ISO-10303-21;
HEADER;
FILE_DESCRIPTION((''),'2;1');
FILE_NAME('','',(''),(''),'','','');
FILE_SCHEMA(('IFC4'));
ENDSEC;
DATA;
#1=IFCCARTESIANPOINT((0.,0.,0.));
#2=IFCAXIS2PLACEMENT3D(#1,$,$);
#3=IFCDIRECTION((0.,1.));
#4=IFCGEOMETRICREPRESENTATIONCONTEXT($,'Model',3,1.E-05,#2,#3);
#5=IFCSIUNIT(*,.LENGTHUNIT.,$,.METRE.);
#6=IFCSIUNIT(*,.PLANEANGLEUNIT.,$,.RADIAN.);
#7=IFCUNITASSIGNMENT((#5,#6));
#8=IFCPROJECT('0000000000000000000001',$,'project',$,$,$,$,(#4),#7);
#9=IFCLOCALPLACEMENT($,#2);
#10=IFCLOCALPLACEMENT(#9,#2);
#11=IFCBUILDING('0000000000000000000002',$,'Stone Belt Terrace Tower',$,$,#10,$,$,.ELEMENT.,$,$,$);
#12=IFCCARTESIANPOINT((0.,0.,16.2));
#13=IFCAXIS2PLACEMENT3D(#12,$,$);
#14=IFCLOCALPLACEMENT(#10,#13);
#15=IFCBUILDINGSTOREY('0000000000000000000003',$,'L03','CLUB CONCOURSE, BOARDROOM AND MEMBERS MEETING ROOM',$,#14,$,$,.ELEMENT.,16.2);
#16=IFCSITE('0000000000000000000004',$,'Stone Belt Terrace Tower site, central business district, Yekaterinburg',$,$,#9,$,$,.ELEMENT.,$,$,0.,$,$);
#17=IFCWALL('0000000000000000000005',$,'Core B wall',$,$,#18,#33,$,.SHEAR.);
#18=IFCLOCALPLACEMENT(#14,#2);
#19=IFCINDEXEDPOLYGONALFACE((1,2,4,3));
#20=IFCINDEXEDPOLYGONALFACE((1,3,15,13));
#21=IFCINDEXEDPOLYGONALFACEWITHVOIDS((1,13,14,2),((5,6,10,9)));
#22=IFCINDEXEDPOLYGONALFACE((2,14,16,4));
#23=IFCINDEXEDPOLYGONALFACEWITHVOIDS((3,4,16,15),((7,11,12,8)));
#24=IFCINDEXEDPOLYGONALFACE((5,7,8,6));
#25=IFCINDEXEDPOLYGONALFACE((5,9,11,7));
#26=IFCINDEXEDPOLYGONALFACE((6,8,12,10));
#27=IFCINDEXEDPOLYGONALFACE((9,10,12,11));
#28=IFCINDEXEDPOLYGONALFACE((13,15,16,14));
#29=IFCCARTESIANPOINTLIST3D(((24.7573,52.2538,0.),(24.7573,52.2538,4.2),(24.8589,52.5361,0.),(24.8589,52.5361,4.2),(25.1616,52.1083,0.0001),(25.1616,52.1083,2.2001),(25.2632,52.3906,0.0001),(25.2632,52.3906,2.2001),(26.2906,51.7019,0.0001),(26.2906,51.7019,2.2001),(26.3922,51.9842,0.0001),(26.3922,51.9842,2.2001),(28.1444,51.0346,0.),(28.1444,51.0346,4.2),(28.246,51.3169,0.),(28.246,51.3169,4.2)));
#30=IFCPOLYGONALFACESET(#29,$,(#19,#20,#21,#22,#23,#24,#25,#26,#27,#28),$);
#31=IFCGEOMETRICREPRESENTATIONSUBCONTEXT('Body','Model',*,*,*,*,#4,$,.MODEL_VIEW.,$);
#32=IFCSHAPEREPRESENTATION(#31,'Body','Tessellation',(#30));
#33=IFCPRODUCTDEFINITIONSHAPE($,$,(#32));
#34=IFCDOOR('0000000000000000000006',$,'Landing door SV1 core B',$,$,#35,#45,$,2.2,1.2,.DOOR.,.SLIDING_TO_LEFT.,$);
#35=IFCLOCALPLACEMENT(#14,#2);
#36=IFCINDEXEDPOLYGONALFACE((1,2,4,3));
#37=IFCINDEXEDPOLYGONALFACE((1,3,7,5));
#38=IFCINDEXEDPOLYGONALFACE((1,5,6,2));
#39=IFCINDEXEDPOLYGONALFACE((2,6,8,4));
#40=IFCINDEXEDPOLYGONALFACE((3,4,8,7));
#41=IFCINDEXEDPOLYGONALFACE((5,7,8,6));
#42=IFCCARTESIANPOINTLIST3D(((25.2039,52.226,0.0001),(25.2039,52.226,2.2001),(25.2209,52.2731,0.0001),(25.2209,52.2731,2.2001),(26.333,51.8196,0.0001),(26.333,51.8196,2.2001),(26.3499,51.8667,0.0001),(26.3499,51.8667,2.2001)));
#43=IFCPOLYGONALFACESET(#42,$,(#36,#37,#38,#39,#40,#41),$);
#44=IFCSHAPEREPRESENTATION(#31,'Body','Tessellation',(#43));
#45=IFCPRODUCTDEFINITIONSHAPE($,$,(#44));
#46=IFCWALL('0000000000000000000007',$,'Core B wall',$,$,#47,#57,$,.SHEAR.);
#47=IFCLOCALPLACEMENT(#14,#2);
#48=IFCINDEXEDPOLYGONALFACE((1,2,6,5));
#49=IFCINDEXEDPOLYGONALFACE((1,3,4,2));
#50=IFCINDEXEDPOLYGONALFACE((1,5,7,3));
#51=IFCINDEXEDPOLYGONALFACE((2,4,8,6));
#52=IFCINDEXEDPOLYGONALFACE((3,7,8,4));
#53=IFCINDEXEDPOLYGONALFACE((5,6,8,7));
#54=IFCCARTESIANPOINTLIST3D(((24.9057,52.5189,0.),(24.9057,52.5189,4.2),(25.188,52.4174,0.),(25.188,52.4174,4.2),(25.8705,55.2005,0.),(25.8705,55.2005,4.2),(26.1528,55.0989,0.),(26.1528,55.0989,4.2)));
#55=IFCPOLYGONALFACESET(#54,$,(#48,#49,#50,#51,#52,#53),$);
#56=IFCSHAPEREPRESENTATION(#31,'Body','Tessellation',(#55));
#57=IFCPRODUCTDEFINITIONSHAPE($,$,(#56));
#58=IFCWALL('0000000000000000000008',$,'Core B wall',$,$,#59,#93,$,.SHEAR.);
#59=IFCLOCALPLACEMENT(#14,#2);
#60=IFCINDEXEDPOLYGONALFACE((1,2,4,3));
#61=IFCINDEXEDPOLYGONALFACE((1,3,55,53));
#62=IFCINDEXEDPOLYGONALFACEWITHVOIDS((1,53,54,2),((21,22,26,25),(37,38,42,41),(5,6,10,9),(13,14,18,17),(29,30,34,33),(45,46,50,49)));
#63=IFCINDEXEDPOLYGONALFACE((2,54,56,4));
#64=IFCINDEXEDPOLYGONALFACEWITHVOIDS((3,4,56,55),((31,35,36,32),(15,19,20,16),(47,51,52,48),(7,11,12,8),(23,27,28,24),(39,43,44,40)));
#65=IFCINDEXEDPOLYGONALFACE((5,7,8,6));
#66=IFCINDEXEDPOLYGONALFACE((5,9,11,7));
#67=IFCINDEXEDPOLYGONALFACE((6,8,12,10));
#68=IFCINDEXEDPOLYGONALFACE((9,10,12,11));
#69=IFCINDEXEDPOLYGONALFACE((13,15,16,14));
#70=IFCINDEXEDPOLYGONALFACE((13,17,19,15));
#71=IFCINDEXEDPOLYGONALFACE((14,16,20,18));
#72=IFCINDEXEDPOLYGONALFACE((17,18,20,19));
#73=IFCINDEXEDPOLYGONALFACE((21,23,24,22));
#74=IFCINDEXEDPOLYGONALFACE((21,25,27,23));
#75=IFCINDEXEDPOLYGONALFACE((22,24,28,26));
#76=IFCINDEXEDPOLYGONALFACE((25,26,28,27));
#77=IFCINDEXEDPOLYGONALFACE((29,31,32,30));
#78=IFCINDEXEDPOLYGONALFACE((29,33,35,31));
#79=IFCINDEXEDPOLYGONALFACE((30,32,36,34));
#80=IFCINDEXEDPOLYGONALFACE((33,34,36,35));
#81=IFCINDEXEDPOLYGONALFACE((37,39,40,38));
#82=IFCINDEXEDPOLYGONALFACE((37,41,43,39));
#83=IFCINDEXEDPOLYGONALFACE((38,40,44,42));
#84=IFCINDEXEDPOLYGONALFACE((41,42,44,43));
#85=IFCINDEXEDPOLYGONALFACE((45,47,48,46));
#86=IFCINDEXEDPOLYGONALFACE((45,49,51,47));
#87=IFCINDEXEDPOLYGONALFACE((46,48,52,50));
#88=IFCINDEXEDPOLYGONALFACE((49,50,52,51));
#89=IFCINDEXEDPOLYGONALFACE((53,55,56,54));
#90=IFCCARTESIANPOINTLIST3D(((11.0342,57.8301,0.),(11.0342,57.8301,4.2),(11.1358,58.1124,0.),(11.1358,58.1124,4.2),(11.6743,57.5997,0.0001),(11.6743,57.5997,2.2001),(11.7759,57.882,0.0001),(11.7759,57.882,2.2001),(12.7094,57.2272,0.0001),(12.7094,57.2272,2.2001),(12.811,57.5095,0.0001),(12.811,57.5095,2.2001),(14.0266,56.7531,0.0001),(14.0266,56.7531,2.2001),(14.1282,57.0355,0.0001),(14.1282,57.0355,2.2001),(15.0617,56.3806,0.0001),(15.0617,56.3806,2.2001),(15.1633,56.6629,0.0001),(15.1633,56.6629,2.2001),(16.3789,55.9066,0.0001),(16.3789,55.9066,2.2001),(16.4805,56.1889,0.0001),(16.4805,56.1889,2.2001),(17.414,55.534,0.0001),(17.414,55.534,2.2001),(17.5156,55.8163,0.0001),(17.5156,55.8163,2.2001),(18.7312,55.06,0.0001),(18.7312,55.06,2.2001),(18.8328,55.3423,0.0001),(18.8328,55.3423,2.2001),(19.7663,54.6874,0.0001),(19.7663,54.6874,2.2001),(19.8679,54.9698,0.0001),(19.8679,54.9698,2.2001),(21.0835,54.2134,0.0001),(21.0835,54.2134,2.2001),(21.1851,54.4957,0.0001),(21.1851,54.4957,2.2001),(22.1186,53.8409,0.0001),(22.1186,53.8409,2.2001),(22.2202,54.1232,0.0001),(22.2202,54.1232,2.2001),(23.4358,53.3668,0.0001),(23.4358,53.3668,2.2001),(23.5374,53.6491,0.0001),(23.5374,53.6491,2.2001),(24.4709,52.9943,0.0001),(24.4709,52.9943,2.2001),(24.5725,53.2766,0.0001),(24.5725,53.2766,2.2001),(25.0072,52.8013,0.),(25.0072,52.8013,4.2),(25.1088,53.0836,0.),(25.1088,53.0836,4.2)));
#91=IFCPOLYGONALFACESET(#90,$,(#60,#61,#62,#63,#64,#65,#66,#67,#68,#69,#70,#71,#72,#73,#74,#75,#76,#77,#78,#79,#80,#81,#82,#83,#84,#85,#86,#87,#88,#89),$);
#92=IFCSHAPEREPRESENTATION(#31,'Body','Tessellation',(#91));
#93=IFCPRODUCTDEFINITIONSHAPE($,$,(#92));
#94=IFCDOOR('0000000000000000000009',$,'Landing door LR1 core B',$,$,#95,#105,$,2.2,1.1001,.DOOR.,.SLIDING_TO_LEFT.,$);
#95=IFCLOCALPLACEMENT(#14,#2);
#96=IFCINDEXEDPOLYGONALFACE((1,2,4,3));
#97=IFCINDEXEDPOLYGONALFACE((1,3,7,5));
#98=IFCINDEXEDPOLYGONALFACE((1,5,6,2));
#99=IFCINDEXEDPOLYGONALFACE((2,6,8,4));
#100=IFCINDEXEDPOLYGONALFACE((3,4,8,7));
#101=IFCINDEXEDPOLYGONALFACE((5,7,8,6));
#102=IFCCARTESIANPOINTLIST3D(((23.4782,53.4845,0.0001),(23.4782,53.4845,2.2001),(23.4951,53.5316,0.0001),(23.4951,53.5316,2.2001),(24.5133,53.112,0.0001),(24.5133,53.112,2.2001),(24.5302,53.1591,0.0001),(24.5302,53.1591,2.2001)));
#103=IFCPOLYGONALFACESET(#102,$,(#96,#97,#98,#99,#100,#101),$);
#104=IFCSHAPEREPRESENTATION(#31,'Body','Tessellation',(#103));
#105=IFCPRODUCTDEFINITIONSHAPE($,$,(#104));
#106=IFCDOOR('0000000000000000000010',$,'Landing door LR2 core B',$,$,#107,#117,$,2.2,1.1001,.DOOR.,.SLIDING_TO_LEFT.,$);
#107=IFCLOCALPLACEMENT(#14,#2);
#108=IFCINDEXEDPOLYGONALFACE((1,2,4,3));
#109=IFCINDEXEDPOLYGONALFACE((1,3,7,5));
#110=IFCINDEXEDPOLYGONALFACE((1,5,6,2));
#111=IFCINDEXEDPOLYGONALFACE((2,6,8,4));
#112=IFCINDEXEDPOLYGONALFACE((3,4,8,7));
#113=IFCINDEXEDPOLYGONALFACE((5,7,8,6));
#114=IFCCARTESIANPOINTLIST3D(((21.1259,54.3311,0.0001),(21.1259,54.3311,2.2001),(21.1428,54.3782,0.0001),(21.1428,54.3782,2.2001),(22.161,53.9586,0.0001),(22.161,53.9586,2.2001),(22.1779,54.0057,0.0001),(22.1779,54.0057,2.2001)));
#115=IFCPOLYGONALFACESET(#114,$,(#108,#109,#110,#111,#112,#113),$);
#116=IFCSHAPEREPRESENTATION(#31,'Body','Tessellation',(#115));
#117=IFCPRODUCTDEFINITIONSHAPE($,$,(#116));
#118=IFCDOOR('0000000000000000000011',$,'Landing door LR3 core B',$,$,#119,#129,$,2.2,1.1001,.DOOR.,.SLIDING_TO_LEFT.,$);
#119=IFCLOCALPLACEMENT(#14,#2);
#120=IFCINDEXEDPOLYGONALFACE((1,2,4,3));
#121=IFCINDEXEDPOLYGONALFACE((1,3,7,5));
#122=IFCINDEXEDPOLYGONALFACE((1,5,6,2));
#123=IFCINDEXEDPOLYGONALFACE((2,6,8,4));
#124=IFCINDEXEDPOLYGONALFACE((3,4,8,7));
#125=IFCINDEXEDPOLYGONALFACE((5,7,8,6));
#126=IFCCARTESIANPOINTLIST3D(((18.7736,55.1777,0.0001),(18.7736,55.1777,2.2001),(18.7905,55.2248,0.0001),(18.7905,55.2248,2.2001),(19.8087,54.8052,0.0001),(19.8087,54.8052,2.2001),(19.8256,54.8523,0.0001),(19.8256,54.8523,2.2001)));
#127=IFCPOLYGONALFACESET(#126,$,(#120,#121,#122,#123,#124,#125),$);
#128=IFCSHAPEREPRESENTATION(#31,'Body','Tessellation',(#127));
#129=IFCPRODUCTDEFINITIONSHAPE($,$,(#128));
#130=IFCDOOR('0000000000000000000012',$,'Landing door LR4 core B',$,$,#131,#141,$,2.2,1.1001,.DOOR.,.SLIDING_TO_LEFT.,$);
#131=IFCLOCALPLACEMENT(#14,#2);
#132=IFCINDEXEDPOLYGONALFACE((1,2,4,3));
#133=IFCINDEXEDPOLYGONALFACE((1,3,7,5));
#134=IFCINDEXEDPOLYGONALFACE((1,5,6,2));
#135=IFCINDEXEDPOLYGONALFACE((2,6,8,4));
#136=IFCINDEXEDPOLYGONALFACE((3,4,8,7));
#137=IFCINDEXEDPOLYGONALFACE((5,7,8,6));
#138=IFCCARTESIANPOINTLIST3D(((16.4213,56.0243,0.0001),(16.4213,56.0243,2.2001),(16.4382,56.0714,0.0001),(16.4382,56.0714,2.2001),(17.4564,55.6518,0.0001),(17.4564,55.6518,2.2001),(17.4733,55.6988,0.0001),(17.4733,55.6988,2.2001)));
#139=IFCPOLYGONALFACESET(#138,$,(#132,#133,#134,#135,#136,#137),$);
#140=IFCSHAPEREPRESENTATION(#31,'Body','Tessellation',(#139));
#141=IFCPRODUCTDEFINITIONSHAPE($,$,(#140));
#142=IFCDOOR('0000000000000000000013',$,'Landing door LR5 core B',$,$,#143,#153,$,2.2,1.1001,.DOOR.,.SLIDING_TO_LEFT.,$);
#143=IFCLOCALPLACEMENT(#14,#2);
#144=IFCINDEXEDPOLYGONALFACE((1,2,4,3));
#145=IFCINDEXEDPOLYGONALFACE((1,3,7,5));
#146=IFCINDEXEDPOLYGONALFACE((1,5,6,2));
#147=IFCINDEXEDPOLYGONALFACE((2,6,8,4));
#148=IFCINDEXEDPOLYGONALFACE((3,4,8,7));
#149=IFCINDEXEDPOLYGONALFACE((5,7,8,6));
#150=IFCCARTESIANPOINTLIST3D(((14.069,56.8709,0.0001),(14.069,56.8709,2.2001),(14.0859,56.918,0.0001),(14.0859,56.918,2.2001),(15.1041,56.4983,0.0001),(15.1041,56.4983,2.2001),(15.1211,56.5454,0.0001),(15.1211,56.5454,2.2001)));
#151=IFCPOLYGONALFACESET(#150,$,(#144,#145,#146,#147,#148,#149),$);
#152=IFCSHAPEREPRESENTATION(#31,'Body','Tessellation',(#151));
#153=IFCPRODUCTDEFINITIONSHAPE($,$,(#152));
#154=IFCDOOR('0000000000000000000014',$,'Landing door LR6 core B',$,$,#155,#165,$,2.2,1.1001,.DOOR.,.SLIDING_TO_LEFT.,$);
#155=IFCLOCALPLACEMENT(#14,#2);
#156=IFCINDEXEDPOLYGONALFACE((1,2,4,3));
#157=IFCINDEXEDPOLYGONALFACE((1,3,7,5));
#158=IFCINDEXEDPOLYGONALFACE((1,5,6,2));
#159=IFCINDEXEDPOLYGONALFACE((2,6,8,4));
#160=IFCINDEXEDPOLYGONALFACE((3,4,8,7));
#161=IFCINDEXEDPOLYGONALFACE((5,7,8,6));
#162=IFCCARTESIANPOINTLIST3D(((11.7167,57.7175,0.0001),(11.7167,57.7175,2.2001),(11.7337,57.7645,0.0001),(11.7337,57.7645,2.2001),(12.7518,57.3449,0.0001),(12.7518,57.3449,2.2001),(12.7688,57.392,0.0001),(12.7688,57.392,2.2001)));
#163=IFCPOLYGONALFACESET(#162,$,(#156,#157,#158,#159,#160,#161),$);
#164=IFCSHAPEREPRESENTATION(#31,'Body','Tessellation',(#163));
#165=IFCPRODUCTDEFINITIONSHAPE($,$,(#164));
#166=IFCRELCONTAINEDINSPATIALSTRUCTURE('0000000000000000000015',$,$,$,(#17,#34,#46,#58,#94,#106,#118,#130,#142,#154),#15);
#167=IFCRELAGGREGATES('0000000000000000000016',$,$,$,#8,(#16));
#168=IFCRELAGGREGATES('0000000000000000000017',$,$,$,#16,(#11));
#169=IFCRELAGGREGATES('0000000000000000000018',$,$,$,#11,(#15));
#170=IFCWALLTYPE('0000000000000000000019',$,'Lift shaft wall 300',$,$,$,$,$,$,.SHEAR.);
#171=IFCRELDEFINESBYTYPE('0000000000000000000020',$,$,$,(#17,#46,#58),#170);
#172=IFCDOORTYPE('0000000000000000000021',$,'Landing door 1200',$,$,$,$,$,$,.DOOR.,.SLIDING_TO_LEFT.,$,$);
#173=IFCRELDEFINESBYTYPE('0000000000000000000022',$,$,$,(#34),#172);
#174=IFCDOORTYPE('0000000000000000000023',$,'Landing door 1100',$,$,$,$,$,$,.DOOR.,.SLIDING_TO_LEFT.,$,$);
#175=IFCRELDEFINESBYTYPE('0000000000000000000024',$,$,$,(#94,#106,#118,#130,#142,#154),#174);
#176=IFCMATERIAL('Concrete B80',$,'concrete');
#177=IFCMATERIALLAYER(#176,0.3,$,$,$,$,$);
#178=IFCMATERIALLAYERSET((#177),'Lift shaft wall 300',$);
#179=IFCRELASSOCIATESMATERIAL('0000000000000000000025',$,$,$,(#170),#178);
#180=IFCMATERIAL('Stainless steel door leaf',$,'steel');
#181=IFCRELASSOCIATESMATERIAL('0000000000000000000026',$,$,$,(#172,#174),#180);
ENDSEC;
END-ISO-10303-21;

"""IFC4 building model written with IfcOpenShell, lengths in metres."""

from ifc_helpers import new_model, si_unit, direction, frame, frame_2d, origin, place, context, subcontext, project, spatial, rectangle, extrude, material, layer, layer_set, type_object, element, fill, save


model = new_model("IFC4")

# Units and contexts
model_context = context("Model", 3, precision=1e-05, world=origin(), true_north=direction((0.0, 1.0)))
body_context = subcontext(model_context, "Body", "Model", "MODEL_VIEW")
ifc_project = project(units=[si_unit("LENGTHUNIT", "METRE"), si_unit("PLANEANGLEUNIT", "RADIAN")], contexts=[model_context])

# Site, building, storey
site_placement = place(None, origin())
site = spatial("IfcSite", under=ifc_project, at=site_placement, Name="Stone Belt Terrace Tower site, central business district, Yekaterinburg", CompositionType="ELEMENT", RefElevation=0.0)
building_placement = place(site_placement, origin())
building = spatial("IfcBuilding", under=site, at=building_placement, Name="Stone Belt Terrace Tower", CompositionType="ELEMENT")
storey_placement = place(building_placement, frame((0.0, 0.0, 16.2)))
storey = spatial("IfcBuildingStorey", under=building, at=storey_placement, Name="L03", Description="CLUB CONCOURSE, BOARDROOM AND MEMBERS MEETING ROOM", CompositionType="ELEMENT", Elevation=16.2)

# Shared definitions
ifc_material_1 = material(Name="Concrete B80", Category="concrete")

# Wall, opening, door
ifc_layer_1 = layer(ifc_material_1, 0.3)
ifc_layer_set_1 = layer_set([ifc_layer_1], Name="Lift shaft wall 300")
wall_type_1 = type_object("IfcWallType", Name="Lift shaft wall 300", PredefinedType="SHEAR", material=ifc_layer_set_1)
wall_1_placement = place(storey_placement, frame((28.1951, 51.1758, 0.0), z_axis=(0.0, 0.0, 1.0), x_axis=(-0.940901, 0.338681, 0.0)))
wall_1 = element("IfcWall", 1, at=wall_1_placement, inside=storey, type_object=wall_type_1, Name="Core B wall", PredefinedType="SHEAR", context=body_context, shape_type="SweptSolid", body=[
    extrude(rectangle(XDim=3.5999, YDim=0.3, at=frame_2d((1.7998, 0.0))), origin(), (0.0, 0.0, 1.0), 4.2),
])
opening_1_placement = place(wall_1_placement, frame((1.97, 0.0, 0.0)))
opening_1 = element("IfcOpeningElement", 2, at=opening_1_placement, cuts=wall_1, PredefinedType="OPENING", context=body_context, shape_type="SweptSolid", body=[
    extrude(rectangle(XDim=1.2, YDim=2.2, at=frame_2d((0.6001, 1.1001))), frame((0.0, 0.1599, 0.0), z_axis=(0.0, -1.0, 0.0), x_axis=(1.0, 0.0, 0.0)), (0.0, 0.0, 1.0), 0.3201),
])
ifc_material_2 = material(Name="Stainless steel door leaf", Category="steel")
door_type_1 = type_object("IfcDoorType", Name="Landing door 1200", OperationType="SLIDING_TO_LEFT", PredefinedType="DOOR", material=ifc_material_2)
door_1_placement = place(opening_1_placement, origin())
door_1 = element("IfcDoor", 3, at=door_1_placement, inside=storey, type_object=door_type_1, Name="Landing door SV1 core B", OperationType="SLIDING_TO_LEFT", OverallHeight=2.2, OverallWidth=1.2, PredefinedType="DOOR", context=body_context, shape_type="SweptSolid", body=[
    extrude(rectangle(XDim=1.2, YDim=2.2, at=frame_2d((0.6001, 1.1001))), frame((0.0, 0.0249, 0.0), z_axis=(0.0, -1.0, 0.0), x_axis=(1.0, 0.0, 0.0)), (0.0, 0.0, 1.0), 0.05),
])
fill(opening_1, door_1)

# Wall
wall_2_placement = place(storey_placement, frame((25.0469, 52.4683, 0.0), z_axis=(0.0, 0.0, 1.0), x_axis=(0.33855, 0.940949, 0.0)))
element("IfcWall", 4, at=wall_2_placement, inside=storey, type_object=wall_type_1, Name="Core B wall", PredefinedType="SHEAR", context=body_context, shape_type="SweptSolid", body=[
    extrude(rectangle(XDim=2.8499, YDim=0.3, at=frame_2d((1.4248, 0.0))), origin(), (0.0, 0.0, 1.0), 4.2),
])

# Wall, openings, doors
wall_3_placement = place(storey_placement, frame((25.0581, 52.9424, 0.0), z_axis=(0.0, 0.0, 1.0), x_axis=(-0.940918, 0.338634, 0.0)))
wall_3 = element("IfcWall", 5, at=wall_3_placement, inside=storey, type_object=wall_type_1, Name="Core B wall", PredefinedType="SHEAR", context=body_context, shape_type="SweptSolid", body=[
    extrude(rectangle(XDim=14.8503, YDim=0.3, at=frame_2d((7.4253, 0.0))), origin(), (0.0, 0.0, 1.0), 4.2),
])
opening_2_placement = place(wall_3_placement, frame((0.5701, 0.0, 0.0)))
opening_2 = element("IfcOpeningElement", 6, at=opening_2_placement, cuts=wall_3, PredefinedType="OPENING", context=body_context, shape_type="SweptSolid", body=[
    extrude(rectangle(XDim=1.1001, YDim=2.2, at=frame_2d((0.55, 1.1001))), frame((0.0, 0.1599, 0.0), z_axis=(0.0, -1.0, 0.0), x_axis=(1.0, 0.0, 0.0)), (0.0, 0.0, 1.0), 0.3201),
])
opening_3_placement = place(wall_3_placement, frame((3.0701, 0.0, 0.0)))
opening_3 = element("IfcOpeningElement", 7, at=opening_3_placement, cuts=wall_3, PredefinedType="OPENING", context=body_context, shape_type="SweptSolid", body=[
    extrude(rectangle(XDim=1.1001, YDim=2.2, at=frame_2d((0.55, 1.1001))), frame((0.0, 0.1599, 0.0), z_axis=(0.0, -1.0, 0.0), x_axis=(1.0, 0.0, 0.0)), (0.0, 0.0, 1.0), 0.3201),
])
opening_4_placement = place(wall_3_placement, frame((5.5701, 0.0, 0.0)))
opening_4 = element("IfcOpeningElement", 8, at=opening_4_placement, cuts=wall_3, PredefinedType="OPENING", context=body_context, shape_type="SweptSolid", body=[
    extrude(rectangle(XDim=1.1001, YDim=2.2, at=frame_2d((0.55, 1.1001))), frame((0.0, 0.1599, 0.0), z_axis=(0.0, -1.0, 0.0), x_axis=(1.0, 0.0, 0.0)), (0.0, 0.0, 1.0), 0.3201),
])
opening_5_placement = place(wall_3_placement, frame((8.0701, 0.0, 0.0)))
opening_5 = element("IfcOpeningElement", 9, at=opening_5_placement, cuts=wall_3, PredefinedType="OPENING", context=body_context, shape_type="SweptSolid", body=[
    extrude(rectangle(XDim=1.1001, YDim=2.2, at=frame_2d((0.55, 1.1001))), frame((0.0, 0.1599, 0.0), z_axis=(0.0, -1.0, 0.0), x_axis=(1.0, 0.0, 0.0)), (0.0, 0.0, 1.0), 0.3201),
])
opening_6_placement = place(wall_3_placement, frame((10.5701, 0.0, 0.0)))
opening_6 = element("IfcOpeningElement", 10, at=opening_6_placement, cuts=wall_3, PredefinedType="OPENING", context=body_context, shape_type="SweptSolid", body=[
    extrude(rectangle(XDim=1.1001, YDim=2.2, at=frame_2d((0.55, 1.1001))), frame((0.0, 0.1599, 0.0), z_axis=(0.0, -1.0, 0.0), x_axis=(1.0, 0.0, 0.0)), (0.0, 0.0, 1.0), 0.3201),
])
opening_7_placement = place(wall_3_placement, frame((13.0701, 0.0, 0.0)))
opening_7 = element("IfcOpeningElement", 11, at=opening_7_placement, cuts=wall_3, PredefinedType="OPENING", context=body_context, shape_type="SweptSolid", body=[
    extrude(rectangle(XDim=1.1001, YDim=2.2, at=frame_2d((0.55, 1.1001))), frame((0.0, 0.1599, 0.0), z_axis=(0.0, -1.0, 0.0), x_axis=(1.0, 0.0, 0.0)), (0.0, 0.0, 1.0), 0.3201),
])
door_type_2 = type_object("IfcDoorType", Name="Landing door 1100", OperationType="SLIDING_TO_LEFT", PredefinedType="DOOR", material=ifc_material_2)
door_2_placement = place(opening_2_placement, origin())
door_2 = element("IfcDoor", 12, at=door_2_placement, inside=storey, type_object=door_type_2, Name="Landing door LR1 core B", OperationType="SLIDING_TO_LEFT", OverallHeight=2.2, OverallWidth=1.1001, PredefinedType="DOOR", context=body_context, shape_type="SweptSolid", body=[
    extrude(rectangle(XDim=1.1001, YDim=2.2, at=frame_2d((0.55, 1.1001))), frame((0.0, 0.0249, 0.0), z_axis=(0.0, -1.0, 0.0), x_axis=(1.0, 0.0, 0.0)), (0.0, 0.0, 1.0), 0.05),
])
fill(opening_2, door_2)
door_3_placement = place(opening_3_placement, origin())
door_3 = element("IfcDoor", 13, at=door_3_placement, inside=storey, type_object=door_type_2, Name="Landing door LR2 core B", OperationType="SLIDING_TO_LEFT", OverallHeight=2.2, OverallWidth=1.1001, PredefinedType="DOOR", context=body_context, shape_type="SweptSolid", body=[
    extrude(rectangle(XDim=1.1001, YDim=2.2, at=frame_2d((0.55, 1.1001))), frame((0.0, 0.0249, 0.0), z_axis=(0.0, -1.0, 0.0), x_axis=(1.0, 0.0, 0.0)), (0.0, 0.0, 1.0), 0.05),
])
fill(opening_3, door_3)
door_4_placement = place(opening_4_placement, origin())
door_4 = element("IfcDoor", 14, at=door_4_placement, inside=storey, type_object=door_type_2, Name="Landing door LR3 core B", OperationType="SLIDING_TO_LEFT", OverallHeight=2.2, OverallWidth=1.1001, PredefinedType="DOOR", context=body_context, shape_type="SweptSolid", body=[
    extrude(rectangle(XDim=1.1001, YDim=2.2, at=frame_2d((0.55, 1.1001))), frame((0.0, 0.0249, 0.0), z_axis=(0.0, -1.0, 0.0), x_axis=(1.0, 0.0, 0.0)), (0.0, 0.0, 1.0), 0.05),
])
fill(opening_4, door_4)
door_5_placement = place(opening_5_placement, origin())
door_5 = element("IfcDoor", 15, at=door_5_placement, inside=storey, type_object=door_type_2, Name="Landing door LR4 core B", OperationType="SLIDING_TO_LEFT", OverallHeight=2.2, OverallWidth=1.1001, PredefinedType="DOOR", context=body_context, shape_type="SweptSolid", body=[
    extrude(rectangle(XDim=1.1001, YDim=2.2, at=frame_2d((0.55, 1.1001))), frame((0.0, 0.0249, 0.0), z_axis=(0.0, -1.0, 0.0), x_axis=(1.0, 0.0, 0.0)), (0.0, 0.0, 1.0), 0.05),
])
fill(opening_5, door_5)
door_6_placement = place(opening_6_placement, origin())
door_6 = element("IfcDoor", 16, at=door_6_placement, inside=storey, type_object=door_type_2, Name="Landing door LR5 core B", OperationType="SLIDING_TO_LEFT", OverallHeight=2.2, OverallWidth=1.1001, PredefinedType="DOOR", context=body_context, shape_type="SweptSolid", body=[
    extrude(rectangle(XDim=1.1001, YDim=2.2, at=frame_2d((0.55, 1.1001))), frame((0.0, 0.0249, 0.0), z_axis=(0.0, -1.0, 0.0), x_axis=(1.0, 0.0, 0.0)), (0.0, 0.0, 1.0), 0.05),
])
fill(opening_6, door_6)
door_7_placement = place(opening_7_placement, origin())
door_7 = element("IfcDoor", 17, at=door_7_placement, inside=storey, type_object=door_type_2, Name="Landing door LR6 core B", OperationType="SLIDING_TO_LEFT", OverallHeight=2.2, OverallWidth=1.1001, PredefinedType="DOOR", context=body_context, shape_type="SweptSolid", body=[
    extrude(rectangle(XDim=1.1001, YDim=2.2, at=frame_2d((0.55, 1.1001))), frame((0.0, 0.0249, 0.0), z_axis=(0.0, -1.0, 0.0), x_axis=(1.0, 0.0, 0.0)), (0.0, 0.0, 1.0), 0.05),
])
fill(opening_7, door_7)

save(model, "model.ifc")
